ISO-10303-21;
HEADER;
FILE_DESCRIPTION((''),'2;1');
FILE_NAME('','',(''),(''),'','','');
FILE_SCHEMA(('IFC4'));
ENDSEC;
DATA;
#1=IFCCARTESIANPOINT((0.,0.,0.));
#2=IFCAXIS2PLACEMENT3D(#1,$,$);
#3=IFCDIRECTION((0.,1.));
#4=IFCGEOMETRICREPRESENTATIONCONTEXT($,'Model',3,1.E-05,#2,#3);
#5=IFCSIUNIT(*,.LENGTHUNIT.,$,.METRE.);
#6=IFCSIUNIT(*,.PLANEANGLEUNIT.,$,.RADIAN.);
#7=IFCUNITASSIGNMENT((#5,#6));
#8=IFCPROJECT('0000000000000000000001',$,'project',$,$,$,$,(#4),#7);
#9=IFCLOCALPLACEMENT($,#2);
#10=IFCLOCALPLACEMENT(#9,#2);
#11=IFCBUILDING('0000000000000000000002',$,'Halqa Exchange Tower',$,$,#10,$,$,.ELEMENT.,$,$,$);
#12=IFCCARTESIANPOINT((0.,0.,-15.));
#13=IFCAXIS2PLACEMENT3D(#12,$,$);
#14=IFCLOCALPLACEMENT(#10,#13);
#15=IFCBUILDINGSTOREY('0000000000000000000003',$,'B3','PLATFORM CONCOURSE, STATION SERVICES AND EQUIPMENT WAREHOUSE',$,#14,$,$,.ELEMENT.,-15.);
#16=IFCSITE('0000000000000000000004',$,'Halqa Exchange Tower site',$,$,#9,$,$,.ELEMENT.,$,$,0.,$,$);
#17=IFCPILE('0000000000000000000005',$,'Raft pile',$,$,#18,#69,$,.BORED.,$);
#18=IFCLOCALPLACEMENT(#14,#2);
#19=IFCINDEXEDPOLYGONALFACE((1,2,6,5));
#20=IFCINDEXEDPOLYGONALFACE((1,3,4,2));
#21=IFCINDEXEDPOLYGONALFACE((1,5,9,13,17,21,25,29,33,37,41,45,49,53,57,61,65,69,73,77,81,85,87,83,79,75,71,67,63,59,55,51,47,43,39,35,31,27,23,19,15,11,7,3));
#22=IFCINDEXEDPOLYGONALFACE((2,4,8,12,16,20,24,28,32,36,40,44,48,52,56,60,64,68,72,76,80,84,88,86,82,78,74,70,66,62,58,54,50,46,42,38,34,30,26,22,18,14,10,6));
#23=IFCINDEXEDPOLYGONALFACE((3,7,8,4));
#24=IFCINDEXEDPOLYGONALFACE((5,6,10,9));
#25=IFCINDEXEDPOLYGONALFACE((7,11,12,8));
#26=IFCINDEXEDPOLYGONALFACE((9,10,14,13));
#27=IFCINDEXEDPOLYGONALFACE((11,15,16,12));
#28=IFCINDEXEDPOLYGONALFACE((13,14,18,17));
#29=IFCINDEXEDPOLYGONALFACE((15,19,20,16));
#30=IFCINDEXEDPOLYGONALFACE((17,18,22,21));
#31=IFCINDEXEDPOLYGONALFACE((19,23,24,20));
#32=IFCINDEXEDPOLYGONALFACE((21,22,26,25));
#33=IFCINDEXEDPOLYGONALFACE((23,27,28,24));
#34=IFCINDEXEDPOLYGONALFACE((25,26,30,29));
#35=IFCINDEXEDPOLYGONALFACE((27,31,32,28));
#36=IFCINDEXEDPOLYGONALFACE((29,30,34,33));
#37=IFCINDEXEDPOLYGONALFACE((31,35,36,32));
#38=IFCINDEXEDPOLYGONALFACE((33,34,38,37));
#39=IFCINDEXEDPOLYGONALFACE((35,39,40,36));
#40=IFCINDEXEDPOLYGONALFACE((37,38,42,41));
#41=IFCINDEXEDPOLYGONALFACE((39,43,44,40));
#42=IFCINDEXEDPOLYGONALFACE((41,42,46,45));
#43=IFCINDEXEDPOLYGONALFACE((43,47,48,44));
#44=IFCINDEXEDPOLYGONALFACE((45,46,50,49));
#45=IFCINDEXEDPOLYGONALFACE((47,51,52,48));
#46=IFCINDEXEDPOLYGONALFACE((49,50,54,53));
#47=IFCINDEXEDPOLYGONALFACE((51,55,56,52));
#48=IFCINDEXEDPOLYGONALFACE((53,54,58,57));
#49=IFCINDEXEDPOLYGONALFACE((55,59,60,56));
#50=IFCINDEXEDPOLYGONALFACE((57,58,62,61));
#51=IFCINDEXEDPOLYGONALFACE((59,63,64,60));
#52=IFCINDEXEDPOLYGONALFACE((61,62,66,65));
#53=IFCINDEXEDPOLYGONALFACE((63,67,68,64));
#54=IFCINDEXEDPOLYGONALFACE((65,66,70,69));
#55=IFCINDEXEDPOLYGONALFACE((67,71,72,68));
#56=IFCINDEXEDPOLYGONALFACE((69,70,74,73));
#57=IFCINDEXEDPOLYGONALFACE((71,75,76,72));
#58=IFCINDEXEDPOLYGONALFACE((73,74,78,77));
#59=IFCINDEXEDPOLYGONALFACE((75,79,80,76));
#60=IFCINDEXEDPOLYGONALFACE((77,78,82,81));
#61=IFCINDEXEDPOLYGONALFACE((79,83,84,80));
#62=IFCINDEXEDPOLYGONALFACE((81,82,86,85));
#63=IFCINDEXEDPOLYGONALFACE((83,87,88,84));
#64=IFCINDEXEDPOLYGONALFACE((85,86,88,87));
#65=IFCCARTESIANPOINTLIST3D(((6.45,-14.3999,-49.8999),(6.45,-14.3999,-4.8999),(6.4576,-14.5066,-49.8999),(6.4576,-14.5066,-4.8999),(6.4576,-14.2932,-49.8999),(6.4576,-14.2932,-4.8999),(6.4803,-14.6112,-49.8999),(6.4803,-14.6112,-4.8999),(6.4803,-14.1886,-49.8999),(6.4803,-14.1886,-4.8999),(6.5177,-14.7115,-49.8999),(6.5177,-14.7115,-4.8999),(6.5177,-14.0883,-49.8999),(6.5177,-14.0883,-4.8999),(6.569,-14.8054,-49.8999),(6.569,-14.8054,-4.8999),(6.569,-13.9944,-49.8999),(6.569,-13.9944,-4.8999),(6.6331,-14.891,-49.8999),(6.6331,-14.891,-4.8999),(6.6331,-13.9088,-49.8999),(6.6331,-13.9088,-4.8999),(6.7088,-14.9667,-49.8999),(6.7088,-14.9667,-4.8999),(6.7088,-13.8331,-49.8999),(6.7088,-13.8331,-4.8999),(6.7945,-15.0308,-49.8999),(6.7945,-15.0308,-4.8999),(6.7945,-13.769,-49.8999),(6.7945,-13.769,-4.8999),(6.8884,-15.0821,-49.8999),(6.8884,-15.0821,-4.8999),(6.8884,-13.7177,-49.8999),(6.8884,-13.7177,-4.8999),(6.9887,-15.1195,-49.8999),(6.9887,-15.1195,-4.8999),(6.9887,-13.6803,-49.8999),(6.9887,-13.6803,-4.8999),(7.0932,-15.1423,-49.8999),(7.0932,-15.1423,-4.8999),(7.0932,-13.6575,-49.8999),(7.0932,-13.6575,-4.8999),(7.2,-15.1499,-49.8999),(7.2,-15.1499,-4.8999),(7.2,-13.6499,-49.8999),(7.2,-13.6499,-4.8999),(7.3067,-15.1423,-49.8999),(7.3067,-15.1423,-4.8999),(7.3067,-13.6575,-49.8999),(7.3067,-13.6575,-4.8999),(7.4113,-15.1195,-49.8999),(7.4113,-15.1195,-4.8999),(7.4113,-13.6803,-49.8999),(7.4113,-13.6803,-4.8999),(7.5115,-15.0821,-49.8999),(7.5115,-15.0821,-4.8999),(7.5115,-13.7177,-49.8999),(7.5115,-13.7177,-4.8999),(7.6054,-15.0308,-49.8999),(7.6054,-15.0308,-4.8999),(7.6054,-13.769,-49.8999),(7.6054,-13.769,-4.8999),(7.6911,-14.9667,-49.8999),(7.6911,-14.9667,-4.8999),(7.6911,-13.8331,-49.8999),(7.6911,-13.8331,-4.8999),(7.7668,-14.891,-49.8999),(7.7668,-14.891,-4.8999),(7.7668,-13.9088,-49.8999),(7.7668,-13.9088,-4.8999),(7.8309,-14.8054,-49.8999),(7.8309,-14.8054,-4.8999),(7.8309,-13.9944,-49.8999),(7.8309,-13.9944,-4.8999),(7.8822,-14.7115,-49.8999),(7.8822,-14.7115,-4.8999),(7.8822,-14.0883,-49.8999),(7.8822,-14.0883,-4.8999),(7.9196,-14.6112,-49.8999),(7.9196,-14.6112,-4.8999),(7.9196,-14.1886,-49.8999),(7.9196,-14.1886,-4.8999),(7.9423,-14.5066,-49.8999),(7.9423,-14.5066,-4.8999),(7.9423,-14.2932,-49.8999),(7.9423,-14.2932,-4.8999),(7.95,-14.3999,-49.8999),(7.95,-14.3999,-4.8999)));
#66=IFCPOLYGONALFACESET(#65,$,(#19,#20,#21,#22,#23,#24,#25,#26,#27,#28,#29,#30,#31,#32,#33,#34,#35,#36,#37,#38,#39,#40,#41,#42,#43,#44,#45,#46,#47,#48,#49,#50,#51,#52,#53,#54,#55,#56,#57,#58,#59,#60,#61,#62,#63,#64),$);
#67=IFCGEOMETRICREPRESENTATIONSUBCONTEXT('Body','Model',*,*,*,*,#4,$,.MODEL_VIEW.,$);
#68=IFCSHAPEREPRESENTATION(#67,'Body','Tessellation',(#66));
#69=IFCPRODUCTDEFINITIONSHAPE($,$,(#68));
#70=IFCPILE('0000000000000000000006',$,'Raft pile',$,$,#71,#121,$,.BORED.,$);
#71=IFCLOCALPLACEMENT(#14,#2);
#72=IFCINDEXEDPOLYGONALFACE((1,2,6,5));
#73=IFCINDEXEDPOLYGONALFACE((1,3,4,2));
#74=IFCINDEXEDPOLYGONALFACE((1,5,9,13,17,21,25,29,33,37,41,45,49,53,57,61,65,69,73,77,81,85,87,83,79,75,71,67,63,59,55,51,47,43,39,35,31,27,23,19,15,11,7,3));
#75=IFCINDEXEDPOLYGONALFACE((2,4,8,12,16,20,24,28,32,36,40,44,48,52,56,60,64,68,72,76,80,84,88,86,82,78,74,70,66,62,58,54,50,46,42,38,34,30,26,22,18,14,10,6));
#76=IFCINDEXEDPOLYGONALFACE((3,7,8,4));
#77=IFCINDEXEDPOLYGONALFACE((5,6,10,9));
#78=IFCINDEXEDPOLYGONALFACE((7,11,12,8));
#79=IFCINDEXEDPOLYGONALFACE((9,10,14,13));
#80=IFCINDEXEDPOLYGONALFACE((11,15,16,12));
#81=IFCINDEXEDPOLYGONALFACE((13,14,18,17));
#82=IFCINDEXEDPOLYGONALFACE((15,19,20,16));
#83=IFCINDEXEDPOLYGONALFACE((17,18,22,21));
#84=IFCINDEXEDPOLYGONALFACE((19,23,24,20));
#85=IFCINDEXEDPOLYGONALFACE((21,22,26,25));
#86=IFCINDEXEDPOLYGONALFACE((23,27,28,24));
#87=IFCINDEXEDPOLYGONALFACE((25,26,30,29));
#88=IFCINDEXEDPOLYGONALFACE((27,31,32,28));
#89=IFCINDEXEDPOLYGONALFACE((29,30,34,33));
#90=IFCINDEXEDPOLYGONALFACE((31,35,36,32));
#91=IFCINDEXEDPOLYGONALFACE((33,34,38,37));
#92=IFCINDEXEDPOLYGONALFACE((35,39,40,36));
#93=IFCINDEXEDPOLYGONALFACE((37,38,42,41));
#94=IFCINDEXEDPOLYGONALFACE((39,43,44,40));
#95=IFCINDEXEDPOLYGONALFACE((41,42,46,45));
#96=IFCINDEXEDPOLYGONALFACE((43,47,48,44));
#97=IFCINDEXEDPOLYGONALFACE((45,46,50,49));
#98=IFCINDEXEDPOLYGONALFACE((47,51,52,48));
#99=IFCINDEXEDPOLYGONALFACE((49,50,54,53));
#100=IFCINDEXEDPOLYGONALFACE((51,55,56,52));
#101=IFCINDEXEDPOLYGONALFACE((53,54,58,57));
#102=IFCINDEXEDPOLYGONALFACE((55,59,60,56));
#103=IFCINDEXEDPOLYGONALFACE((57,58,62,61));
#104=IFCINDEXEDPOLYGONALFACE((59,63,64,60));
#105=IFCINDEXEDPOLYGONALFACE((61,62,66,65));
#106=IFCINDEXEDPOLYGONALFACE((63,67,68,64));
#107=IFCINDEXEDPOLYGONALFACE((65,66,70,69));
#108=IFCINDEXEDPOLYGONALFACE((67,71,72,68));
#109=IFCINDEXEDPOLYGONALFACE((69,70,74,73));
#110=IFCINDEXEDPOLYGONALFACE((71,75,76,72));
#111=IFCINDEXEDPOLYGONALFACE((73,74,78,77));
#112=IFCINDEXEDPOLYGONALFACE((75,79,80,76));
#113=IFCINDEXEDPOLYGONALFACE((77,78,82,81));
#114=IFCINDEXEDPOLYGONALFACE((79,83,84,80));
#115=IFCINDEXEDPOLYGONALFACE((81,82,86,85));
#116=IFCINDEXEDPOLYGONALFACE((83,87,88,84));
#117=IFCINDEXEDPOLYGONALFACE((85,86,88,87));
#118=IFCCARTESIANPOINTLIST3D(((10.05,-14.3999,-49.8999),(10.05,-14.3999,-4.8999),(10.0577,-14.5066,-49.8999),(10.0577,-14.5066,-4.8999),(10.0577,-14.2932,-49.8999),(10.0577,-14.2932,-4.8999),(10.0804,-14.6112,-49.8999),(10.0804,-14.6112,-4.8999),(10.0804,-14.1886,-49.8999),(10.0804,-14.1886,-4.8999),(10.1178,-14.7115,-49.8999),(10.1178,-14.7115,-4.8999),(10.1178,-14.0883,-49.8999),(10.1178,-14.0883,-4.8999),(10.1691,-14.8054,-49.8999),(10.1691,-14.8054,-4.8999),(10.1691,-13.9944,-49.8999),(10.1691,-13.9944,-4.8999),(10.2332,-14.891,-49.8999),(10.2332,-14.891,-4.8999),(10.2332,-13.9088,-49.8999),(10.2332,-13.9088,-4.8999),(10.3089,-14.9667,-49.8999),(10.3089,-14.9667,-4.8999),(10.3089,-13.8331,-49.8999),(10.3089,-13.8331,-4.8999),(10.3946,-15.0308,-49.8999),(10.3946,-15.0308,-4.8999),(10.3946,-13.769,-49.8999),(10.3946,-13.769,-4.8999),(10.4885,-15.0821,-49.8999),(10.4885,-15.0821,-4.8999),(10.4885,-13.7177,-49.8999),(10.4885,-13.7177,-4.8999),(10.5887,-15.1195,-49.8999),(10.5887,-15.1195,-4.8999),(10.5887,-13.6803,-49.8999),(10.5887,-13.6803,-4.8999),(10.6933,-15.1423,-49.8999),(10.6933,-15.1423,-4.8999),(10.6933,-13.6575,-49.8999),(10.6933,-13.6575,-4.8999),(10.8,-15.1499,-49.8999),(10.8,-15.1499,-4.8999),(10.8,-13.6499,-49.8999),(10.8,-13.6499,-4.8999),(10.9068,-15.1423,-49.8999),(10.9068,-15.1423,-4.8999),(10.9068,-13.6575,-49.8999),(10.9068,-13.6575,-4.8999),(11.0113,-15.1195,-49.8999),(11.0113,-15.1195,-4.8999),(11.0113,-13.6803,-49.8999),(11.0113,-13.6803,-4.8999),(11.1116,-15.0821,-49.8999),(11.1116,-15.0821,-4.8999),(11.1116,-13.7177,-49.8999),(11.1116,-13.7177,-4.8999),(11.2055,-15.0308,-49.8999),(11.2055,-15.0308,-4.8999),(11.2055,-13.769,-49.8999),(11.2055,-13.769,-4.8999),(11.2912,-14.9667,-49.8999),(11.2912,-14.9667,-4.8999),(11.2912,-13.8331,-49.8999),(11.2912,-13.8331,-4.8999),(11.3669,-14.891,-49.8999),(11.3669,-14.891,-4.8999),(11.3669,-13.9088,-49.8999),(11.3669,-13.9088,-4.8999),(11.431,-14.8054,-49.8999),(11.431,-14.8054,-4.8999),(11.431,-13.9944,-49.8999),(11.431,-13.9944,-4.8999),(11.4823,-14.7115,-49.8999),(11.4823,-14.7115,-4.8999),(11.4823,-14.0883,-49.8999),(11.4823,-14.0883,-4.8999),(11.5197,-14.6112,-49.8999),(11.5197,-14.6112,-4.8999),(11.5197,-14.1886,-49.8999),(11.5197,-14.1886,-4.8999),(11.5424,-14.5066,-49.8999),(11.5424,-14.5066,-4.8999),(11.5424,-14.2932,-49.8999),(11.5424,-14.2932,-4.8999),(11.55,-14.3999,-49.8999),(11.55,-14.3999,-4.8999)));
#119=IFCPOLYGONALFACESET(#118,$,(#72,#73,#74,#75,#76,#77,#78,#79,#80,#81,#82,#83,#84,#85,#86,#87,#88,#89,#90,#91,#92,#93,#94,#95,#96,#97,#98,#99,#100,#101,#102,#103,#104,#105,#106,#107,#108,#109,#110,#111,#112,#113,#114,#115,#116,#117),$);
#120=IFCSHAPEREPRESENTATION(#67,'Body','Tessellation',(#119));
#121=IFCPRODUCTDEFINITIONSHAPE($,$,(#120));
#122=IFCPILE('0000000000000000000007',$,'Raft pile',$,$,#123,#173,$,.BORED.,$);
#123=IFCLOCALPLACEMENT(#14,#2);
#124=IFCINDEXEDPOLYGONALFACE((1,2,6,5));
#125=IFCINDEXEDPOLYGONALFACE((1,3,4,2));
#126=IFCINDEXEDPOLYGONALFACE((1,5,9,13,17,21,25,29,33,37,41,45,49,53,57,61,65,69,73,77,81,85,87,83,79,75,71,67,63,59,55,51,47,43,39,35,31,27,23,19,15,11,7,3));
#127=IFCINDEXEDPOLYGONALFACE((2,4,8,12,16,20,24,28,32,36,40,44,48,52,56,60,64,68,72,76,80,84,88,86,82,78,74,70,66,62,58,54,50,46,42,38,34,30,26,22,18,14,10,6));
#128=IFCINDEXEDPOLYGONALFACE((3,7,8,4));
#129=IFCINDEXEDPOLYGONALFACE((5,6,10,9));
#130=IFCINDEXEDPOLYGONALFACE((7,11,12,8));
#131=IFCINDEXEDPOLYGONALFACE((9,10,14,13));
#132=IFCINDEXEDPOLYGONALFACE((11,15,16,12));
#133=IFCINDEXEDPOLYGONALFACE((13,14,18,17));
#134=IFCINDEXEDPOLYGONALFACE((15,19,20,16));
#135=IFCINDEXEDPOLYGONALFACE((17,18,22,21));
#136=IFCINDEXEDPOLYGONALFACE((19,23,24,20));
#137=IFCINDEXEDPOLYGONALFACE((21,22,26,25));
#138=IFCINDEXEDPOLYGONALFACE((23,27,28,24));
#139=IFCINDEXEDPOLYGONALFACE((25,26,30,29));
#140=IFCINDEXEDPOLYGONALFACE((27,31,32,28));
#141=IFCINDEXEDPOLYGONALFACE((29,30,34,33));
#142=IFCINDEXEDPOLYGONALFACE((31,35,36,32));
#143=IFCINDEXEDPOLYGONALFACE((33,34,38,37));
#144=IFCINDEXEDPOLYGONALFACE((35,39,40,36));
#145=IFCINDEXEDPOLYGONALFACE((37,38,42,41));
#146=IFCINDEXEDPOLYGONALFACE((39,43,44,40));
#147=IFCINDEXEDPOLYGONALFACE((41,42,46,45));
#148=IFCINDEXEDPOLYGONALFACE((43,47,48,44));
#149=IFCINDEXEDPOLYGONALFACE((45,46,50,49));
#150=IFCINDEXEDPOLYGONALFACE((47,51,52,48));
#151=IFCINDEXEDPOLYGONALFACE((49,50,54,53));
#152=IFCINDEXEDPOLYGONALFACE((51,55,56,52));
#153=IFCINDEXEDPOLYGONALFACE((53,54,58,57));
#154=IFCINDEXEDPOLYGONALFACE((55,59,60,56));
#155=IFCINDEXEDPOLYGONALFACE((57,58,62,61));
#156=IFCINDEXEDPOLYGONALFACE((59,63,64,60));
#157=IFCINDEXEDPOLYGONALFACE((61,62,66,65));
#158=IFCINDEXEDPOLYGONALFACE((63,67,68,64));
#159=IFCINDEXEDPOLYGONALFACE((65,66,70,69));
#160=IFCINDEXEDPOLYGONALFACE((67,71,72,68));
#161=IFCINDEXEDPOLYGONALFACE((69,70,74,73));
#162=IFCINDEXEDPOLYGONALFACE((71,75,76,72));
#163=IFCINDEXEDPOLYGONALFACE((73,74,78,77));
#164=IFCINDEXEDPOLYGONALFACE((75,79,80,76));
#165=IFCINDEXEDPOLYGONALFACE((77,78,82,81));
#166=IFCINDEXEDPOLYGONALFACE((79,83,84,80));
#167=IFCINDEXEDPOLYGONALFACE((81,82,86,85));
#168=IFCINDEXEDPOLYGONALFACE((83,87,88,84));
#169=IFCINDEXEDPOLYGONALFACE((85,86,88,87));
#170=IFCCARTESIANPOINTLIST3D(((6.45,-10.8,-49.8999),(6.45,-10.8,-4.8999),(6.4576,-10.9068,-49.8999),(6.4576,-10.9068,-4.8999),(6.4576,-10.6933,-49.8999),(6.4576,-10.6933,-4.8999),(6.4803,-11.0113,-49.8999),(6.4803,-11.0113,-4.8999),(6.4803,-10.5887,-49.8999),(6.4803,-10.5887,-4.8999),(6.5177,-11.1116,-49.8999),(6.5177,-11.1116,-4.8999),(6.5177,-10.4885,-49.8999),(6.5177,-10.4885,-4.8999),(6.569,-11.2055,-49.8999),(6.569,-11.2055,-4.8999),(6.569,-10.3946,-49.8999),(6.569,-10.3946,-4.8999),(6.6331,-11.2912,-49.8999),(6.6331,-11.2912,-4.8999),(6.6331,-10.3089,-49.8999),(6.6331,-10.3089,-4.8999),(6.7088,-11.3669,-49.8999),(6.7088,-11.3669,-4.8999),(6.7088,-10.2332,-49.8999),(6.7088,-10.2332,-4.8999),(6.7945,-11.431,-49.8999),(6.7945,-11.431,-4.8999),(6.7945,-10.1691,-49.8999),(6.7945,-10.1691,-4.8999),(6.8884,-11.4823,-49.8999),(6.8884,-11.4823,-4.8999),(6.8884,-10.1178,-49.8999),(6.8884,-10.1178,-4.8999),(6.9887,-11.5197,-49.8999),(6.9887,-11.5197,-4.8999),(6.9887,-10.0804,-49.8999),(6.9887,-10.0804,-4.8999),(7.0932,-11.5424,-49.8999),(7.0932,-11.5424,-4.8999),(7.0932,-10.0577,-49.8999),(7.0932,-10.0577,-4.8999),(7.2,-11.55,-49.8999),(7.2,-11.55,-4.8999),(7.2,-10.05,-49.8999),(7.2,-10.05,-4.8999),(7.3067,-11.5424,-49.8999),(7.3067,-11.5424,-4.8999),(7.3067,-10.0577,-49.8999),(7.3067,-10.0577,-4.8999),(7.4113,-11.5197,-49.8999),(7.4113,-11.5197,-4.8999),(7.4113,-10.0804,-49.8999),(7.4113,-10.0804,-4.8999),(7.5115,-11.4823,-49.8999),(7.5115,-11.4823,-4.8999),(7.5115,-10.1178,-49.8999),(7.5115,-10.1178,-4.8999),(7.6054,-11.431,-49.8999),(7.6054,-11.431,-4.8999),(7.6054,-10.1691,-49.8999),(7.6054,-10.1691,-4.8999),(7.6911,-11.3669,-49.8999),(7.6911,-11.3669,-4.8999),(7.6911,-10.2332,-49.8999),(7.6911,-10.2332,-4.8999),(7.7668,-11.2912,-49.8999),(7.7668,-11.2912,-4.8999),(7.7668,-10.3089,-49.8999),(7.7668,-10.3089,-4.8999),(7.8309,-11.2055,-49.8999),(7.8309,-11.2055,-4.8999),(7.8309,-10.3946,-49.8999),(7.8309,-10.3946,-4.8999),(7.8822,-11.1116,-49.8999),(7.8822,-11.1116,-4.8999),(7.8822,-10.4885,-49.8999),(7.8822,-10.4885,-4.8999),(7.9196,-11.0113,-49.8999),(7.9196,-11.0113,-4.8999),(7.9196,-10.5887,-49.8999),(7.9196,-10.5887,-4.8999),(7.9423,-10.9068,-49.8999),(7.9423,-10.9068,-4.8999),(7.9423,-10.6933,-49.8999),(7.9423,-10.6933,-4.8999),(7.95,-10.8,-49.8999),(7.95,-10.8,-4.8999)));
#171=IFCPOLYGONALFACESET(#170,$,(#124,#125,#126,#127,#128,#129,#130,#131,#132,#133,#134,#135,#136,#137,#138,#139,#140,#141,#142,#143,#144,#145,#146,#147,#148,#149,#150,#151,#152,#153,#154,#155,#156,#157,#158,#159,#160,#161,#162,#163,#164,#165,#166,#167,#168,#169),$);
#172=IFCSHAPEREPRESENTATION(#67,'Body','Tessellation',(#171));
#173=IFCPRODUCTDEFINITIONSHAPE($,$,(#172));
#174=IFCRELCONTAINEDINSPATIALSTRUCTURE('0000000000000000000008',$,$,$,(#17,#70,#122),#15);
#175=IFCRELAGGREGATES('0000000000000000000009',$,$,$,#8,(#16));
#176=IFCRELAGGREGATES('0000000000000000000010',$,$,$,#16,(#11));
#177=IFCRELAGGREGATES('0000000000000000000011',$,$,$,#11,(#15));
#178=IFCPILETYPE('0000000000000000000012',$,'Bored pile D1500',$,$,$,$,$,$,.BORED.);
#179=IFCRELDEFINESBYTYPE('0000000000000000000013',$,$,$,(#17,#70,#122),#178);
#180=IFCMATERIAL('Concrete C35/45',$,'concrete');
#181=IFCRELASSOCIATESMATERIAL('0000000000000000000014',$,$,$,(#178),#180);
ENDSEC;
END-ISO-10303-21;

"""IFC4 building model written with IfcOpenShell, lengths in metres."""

from ifc_helpers import new_model, si_unit, direction, frame, origin, origin_2d, place, context, subcontext, project, spatial, circle, extrude, material, material_profile, profile_set, type_object, element, save


model = new_model("IFC4")

# Units and contexts
model_context = context("Model", 3, precision=1e-05, world=origin(), true_north=direction((0.0, 1.0)))
body_context = subcontext(model_context, "Body", "Model", "MODEL_VIEW")
ifc_project = project(units=[si_unit("LENGTHUNIT", "METRE"), si_unit("PLANEANGLEUNIT", "RADIAN")], contexts=[model_context])

# Site, building, storey
site_placement = place(None, origin())
site = spatial("IfcSite", under=ifc_project, at=site_placement, Name="Halqa Exchange Tower site", CompositionType="ELEMENT", RefElevation=0.0)
building_placement = place(site_placement, origin())
building = spatial("IfcBuilding", under=site, at=building_placement, Name="Halqa Exchange Tower", CompositionType="ELEMENT")
storey_placement = place(building_placement, frame((0.0, 0.0, -15.0)))
storey = spatial("IfcBuildingStorey", under=building, at=storey_placement, Name="B3", Description="PLATFORM CONCOURSE, STATION SERVICES AND EQUIPMENT WAREHOUSE", CompositionType="ELEMENT", Elevation=-15.0)

# Piles
ifc_material_1 = material(Name="Concrete C35/45", Category="concrete")
ifc_material_profile = material_profile(ifc_material_1, circle(Radius=0.75, at=origin_2d()), Name="D1500")
ifc_profile_set = profile_set([ifc_material_profile], Name="Concrete C35/45")
pile_type = type_object("IfcPileType", Name="Bored pile D1500", PredefinedType="BORED", material=ifc_profile_set)
for number, where, z_axis, x_axis, name in (
    (1, (7.2, -14.3999, -4.8999), (0.0, 0.0, -1.0), (1.0, 0.0, 0.0), "Raft pile"),
    (2, (10.8, -14.3999, -4.8999), (0.0, 0.0, -1.0), (1.0, 0.0, 0.0), "Raft pile"),
    (3, (7.2, -10.8, -4.8999), (0.0, 0.0, -1.0), (1.0, 0.0, 0.0), "Raft pile"),
):
    element("IfcPile", number, at=place(storey_placement, frame(where, z_axis=z_axis, x_axis=x_axis)), inside=storey, type_object=pile_type, Name=name, PredefinedType="BORED", context=body_context, shape_type="SweptSolid", body=[
        extrude(circle(Radius=0.75, at=origin_2d()), origin(), (0.0, 0.0, 1.0), 45.0),
    ])

save(model, "model.ifc")
